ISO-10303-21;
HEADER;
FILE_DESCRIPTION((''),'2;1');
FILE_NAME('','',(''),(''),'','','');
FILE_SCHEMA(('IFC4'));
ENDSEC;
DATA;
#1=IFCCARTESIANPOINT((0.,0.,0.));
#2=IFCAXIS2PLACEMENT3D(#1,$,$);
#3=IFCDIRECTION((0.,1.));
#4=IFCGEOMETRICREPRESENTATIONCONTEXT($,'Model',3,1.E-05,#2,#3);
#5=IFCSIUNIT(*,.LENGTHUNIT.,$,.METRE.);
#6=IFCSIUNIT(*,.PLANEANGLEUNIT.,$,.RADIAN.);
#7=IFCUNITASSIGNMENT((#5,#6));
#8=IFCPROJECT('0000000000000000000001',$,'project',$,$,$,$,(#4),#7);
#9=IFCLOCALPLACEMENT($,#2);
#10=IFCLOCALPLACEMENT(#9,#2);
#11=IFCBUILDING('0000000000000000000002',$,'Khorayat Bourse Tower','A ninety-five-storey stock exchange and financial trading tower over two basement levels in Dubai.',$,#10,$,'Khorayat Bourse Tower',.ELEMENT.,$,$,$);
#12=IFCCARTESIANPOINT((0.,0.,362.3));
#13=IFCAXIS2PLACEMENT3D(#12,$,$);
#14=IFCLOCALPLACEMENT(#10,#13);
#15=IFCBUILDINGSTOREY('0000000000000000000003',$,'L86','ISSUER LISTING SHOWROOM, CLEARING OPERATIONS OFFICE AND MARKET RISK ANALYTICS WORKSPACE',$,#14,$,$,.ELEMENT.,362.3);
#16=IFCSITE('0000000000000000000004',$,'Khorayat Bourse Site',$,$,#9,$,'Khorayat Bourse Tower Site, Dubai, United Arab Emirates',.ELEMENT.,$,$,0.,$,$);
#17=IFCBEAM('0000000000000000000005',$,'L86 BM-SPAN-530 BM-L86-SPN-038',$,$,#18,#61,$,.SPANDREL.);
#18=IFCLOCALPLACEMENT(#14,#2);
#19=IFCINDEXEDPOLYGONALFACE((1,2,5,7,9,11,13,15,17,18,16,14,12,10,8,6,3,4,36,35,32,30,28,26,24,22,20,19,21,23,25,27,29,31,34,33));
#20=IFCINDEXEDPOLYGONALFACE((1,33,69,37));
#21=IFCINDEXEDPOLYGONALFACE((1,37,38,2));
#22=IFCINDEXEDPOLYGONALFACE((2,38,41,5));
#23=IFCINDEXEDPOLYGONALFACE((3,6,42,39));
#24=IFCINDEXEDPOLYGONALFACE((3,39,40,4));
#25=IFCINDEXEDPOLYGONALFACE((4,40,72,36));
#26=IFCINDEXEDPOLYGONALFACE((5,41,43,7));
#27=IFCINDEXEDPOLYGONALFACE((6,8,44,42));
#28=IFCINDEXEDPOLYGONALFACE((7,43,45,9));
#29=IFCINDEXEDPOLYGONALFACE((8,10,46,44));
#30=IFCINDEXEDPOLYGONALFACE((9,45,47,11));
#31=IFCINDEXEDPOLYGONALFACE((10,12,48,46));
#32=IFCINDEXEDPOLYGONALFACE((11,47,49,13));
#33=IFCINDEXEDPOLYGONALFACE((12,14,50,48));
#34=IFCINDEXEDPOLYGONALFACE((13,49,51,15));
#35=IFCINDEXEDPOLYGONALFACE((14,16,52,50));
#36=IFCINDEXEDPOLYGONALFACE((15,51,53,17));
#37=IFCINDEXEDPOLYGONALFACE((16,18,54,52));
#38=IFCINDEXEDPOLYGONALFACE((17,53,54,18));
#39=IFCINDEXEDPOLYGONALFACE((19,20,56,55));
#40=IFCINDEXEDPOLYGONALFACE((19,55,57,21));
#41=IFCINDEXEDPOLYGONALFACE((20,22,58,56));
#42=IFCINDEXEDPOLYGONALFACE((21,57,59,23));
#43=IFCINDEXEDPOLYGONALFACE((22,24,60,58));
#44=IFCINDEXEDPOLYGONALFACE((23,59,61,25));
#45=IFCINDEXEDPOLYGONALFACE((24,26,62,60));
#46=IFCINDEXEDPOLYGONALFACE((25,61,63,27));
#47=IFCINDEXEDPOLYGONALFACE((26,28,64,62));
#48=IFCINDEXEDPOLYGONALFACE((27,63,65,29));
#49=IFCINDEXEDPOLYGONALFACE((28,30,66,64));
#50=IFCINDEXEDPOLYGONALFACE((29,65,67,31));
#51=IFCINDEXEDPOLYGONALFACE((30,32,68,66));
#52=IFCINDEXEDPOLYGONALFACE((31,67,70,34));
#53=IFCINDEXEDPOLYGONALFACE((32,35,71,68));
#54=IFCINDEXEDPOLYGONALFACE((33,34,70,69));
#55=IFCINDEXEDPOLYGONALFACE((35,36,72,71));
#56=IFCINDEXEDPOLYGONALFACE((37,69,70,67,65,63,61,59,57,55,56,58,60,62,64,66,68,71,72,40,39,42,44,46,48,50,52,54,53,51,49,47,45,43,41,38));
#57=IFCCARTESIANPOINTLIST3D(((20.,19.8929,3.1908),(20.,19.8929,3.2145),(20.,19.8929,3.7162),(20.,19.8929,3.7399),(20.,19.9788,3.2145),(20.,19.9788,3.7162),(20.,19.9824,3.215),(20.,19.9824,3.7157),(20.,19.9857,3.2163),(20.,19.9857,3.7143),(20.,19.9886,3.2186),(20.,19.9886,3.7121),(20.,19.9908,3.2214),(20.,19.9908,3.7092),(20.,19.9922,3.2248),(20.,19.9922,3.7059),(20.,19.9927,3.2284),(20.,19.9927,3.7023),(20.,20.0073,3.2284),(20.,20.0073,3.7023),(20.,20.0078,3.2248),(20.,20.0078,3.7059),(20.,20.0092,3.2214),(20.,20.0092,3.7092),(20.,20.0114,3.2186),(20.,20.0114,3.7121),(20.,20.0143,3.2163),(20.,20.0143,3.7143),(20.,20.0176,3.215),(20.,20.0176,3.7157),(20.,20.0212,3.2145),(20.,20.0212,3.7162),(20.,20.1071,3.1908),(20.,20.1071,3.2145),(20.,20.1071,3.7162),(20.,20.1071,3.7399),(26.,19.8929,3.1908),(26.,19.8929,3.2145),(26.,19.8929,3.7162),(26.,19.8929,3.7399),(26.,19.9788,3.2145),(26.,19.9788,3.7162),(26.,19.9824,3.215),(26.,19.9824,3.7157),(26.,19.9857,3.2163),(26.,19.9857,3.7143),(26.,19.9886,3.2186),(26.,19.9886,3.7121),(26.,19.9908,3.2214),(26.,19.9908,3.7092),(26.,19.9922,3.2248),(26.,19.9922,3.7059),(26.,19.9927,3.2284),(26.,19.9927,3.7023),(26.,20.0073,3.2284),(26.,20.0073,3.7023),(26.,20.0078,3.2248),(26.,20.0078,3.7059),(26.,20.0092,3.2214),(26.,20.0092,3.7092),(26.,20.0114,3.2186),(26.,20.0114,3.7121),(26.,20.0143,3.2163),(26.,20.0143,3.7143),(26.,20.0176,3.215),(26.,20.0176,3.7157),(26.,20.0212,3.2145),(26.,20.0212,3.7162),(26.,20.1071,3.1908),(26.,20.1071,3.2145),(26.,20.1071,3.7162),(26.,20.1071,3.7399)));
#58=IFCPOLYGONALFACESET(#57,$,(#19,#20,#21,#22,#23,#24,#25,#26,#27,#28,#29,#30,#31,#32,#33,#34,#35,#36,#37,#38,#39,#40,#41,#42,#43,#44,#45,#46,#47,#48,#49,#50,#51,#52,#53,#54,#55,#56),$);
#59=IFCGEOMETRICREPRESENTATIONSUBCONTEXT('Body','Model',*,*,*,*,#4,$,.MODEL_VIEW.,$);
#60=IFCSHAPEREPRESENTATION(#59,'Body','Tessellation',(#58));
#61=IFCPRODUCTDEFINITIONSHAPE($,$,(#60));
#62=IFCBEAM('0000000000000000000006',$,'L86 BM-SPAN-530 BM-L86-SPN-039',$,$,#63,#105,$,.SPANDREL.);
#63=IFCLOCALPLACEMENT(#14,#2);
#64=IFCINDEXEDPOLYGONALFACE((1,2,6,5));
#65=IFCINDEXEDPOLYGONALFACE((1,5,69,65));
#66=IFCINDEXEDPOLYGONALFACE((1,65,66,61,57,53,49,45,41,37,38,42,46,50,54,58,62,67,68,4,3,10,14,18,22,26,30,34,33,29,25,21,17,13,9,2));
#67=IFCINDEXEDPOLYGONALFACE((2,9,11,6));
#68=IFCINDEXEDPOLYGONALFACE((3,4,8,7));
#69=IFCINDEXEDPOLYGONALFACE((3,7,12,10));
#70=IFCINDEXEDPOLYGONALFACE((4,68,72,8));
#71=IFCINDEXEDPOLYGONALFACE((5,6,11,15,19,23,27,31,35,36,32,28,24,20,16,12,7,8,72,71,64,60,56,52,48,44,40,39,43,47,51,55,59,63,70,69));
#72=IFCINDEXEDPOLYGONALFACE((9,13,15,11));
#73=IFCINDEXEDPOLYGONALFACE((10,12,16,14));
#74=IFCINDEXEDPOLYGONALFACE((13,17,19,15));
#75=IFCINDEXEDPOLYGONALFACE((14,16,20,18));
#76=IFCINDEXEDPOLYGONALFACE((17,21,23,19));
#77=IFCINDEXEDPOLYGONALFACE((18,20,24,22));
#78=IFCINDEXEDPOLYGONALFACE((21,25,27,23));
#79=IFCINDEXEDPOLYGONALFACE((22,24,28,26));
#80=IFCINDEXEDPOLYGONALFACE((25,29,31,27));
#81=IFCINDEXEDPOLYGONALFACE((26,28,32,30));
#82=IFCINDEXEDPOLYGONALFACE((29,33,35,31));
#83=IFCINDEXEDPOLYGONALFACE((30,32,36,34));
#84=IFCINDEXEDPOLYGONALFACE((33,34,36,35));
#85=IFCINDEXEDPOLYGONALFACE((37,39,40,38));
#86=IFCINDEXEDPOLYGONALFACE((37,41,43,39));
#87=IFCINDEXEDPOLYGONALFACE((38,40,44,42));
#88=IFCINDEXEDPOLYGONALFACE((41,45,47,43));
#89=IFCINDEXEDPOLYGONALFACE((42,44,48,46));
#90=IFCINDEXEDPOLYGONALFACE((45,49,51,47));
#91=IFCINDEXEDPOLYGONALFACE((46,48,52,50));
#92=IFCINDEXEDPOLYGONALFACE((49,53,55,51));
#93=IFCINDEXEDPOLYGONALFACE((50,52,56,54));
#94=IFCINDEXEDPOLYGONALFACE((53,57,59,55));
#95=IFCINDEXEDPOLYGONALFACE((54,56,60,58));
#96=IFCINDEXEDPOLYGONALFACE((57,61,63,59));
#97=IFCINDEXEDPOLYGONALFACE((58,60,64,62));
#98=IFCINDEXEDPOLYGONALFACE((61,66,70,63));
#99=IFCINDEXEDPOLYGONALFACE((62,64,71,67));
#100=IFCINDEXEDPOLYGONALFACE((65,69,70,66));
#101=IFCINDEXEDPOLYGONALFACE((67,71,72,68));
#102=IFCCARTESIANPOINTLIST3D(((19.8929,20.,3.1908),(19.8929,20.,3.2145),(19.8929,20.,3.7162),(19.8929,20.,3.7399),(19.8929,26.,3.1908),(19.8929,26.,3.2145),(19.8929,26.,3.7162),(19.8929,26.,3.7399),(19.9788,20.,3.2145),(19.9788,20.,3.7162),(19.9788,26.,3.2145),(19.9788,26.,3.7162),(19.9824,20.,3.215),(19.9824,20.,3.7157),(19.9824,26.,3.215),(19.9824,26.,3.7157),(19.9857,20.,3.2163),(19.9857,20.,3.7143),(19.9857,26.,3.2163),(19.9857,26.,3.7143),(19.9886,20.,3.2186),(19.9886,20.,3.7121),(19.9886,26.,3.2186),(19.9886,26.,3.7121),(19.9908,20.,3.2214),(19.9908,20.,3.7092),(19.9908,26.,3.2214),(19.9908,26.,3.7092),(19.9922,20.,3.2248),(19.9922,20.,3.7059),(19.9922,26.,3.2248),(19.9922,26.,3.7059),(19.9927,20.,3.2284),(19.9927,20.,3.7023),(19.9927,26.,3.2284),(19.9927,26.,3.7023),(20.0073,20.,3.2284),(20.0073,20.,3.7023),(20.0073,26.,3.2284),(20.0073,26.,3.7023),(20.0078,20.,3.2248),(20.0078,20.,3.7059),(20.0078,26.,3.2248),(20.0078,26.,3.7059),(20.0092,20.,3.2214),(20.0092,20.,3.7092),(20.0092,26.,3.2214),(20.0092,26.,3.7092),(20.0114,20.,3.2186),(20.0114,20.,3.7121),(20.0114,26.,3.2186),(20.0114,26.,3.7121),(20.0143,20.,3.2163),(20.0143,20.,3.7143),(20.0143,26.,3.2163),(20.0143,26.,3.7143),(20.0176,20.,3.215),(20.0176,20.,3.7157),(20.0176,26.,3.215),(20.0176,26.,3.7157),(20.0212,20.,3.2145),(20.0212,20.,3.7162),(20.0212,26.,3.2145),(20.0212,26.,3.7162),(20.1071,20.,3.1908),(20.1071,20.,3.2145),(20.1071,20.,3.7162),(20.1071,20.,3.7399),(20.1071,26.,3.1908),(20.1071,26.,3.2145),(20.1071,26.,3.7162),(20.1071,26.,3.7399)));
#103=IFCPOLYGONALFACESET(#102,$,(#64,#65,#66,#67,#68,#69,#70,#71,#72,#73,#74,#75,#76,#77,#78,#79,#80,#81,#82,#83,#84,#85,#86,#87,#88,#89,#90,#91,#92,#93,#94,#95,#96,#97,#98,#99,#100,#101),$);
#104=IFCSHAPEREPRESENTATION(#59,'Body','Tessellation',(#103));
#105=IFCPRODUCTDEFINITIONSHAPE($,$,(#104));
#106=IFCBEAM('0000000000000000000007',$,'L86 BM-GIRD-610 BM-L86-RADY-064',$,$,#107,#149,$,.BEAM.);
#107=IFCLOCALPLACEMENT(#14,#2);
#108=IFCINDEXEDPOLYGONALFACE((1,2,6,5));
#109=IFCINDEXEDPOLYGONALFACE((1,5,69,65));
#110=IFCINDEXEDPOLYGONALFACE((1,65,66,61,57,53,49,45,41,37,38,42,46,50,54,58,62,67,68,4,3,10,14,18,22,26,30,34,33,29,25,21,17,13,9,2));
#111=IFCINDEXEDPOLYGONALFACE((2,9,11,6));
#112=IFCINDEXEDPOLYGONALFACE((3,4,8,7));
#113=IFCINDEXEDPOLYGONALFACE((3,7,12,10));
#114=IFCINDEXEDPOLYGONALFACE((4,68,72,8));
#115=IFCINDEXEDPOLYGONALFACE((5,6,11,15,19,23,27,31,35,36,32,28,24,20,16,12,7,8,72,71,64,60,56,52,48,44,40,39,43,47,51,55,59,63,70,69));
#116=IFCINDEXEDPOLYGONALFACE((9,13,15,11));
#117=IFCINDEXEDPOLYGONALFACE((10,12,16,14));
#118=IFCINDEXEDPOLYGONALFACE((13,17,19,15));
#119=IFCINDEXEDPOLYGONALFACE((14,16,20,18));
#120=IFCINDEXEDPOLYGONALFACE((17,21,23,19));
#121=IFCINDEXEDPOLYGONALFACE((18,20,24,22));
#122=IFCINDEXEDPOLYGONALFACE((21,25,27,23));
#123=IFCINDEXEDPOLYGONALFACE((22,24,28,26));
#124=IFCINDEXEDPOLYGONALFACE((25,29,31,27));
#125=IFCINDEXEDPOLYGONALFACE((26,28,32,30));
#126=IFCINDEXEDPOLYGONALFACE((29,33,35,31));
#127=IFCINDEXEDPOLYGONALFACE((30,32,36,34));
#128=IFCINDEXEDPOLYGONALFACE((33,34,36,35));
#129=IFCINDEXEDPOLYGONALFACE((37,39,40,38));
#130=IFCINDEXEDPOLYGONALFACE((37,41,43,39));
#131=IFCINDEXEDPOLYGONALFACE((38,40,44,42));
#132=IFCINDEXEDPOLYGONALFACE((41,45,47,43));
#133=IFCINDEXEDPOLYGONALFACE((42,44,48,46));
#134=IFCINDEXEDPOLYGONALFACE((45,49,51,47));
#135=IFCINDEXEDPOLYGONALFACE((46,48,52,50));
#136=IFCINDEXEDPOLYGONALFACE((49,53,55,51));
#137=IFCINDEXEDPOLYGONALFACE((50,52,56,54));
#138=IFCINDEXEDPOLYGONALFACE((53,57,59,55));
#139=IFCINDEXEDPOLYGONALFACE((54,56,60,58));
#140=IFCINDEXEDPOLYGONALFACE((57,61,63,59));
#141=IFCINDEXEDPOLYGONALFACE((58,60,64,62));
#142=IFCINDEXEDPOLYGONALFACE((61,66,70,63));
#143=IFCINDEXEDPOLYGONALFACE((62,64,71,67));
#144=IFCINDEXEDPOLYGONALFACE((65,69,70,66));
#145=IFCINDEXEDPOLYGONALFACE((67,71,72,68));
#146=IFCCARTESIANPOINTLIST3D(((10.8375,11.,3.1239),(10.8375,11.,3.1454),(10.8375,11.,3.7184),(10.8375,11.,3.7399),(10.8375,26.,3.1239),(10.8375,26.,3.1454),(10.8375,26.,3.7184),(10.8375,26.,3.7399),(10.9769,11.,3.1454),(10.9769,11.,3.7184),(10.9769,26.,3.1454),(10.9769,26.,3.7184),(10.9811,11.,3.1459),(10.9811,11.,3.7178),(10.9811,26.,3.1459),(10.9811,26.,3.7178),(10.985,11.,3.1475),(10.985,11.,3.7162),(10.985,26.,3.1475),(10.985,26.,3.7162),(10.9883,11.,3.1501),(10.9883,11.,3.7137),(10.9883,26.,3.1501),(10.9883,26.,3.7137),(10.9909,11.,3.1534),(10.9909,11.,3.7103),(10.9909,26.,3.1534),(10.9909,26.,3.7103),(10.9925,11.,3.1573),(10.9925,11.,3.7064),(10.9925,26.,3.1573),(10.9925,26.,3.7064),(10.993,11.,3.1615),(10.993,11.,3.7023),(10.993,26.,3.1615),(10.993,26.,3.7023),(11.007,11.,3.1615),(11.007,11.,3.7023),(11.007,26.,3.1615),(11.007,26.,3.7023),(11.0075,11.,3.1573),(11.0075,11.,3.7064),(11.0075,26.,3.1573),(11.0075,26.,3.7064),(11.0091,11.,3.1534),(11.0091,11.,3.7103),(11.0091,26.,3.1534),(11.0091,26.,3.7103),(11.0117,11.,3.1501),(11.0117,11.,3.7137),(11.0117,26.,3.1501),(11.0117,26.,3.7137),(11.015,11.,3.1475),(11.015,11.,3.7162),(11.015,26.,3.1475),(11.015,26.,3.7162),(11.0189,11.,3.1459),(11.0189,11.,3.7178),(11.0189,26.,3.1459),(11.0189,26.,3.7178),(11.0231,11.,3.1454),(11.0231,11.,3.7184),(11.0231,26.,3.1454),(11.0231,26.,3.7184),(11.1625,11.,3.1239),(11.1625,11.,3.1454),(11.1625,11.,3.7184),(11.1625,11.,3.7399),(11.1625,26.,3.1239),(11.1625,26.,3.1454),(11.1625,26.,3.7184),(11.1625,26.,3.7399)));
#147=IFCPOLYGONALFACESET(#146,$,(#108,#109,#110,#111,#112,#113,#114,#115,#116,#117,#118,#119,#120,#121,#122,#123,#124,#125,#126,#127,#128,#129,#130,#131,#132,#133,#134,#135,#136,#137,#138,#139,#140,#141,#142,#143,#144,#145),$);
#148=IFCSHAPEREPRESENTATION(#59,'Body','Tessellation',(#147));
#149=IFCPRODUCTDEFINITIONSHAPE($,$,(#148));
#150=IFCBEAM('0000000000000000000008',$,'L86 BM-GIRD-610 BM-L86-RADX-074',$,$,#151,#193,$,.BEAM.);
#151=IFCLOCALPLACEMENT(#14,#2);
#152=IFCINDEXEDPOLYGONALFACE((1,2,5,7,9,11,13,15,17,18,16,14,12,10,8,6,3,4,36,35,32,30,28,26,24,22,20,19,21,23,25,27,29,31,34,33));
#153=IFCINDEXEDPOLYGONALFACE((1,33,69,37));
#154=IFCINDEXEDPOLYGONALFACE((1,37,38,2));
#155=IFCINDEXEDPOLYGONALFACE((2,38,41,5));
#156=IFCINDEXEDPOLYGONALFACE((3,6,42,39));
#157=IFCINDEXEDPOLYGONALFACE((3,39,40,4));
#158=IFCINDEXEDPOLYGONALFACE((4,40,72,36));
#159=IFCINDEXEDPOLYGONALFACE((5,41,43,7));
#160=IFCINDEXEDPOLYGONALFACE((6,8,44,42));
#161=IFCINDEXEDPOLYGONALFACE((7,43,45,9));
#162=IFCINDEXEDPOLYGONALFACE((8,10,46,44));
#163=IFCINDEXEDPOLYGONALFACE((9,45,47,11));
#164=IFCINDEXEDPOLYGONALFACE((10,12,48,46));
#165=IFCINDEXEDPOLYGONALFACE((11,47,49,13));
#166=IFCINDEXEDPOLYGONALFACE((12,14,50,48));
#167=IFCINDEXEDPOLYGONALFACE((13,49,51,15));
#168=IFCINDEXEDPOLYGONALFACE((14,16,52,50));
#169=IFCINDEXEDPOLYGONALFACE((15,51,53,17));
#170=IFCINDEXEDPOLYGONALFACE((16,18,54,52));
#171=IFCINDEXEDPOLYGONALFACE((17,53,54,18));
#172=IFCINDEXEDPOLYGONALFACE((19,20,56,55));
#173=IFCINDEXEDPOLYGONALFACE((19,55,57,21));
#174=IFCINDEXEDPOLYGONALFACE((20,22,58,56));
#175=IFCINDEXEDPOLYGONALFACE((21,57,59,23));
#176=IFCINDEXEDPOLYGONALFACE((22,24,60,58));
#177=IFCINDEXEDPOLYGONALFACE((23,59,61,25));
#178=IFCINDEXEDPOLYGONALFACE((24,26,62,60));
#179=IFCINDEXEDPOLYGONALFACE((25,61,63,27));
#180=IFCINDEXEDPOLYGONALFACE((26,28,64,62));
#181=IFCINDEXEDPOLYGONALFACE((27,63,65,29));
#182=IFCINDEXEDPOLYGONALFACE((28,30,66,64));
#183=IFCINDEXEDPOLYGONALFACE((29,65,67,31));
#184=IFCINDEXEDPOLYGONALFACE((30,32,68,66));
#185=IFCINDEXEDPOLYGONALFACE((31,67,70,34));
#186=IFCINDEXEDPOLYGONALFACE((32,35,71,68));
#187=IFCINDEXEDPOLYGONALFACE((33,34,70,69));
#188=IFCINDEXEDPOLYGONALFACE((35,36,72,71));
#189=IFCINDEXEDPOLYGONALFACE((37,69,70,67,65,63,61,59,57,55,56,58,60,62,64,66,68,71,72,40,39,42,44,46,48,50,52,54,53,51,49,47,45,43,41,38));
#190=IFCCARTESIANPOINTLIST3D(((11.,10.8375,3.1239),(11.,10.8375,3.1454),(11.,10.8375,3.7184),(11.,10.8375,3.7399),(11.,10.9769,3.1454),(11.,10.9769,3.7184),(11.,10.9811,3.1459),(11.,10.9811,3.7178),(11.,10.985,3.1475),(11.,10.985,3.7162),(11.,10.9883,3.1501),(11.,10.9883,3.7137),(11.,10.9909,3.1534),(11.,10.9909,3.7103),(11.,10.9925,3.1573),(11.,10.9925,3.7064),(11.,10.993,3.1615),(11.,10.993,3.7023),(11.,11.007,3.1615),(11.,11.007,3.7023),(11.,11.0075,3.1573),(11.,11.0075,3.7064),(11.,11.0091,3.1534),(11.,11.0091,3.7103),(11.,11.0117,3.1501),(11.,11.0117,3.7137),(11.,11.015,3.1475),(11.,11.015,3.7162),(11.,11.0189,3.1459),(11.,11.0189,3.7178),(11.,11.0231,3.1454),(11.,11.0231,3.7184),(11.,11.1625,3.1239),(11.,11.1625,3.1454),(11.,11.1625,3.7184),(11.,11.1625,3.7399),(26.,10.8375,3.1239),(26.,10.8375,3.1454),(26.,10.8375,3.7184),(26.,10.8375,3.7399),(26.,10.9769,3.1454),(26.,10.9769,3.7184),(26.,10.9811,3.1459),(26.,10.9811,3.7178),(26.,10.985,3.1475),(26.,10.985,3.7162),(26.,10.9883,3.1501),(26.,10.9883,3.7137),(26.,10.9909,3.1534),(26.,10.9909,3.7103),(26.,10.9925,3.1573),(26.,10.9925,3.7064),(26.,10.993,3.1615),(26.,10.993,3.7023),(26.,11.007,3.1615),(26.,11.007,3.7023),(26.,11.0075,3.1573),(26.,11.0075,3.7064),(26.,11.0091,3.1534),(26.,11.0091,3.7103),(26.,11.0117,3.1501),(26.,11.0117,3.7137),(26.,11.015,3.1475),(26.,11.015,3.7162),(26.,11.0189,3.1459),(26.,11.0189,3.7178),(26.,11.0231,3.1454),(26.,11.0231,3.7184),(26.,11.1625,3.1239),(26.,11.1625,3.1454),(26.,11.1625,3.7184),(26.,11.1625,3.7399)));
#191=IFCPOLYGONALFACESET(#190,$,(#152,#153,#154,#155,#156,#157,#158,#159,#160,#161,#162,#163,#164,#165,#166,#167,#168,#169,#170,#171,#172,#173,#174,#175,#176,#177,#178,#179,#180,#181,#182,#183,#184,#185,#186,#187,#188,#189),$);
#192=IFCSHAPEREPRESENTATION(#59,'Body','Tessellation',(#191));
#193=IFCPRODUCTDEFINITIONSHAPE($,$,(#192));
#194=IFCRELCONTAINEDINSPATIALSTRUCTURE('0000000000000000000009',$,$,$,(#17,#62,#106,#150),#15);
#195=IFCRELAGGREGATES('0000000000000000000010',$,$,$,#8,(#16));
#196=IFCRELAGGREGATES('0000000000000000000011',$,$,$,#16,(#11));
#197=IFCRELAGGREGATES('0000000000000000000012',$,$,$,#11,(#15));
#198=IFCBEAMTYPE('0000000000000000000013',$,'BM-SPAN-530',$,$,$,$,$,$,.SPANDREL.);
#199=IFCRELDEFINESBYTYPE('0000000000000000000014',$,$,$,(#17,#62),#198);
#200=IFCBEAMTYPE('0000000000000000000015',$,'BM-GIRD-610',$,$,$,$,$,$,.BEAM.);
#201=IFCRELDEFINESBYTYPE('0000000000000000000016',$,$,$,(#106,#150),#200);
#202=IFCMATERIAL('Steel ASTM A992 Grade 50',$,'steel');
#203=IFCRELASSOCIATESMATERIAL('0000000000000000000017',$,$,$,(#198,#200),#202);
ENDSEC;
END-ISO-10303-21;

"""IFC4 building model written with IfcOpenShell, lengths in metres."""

from ifc_helpers import new_model, si_unit, direction, frame, origin, origin_2d, place, context, subcontext, project, spatial, i_section, extrude, source, transform, mapped, material, material_profile, profile_set, type_object, element, save


model = new_model("IFC4")

# Units and contexts
model_context = context("Model", 3, precision=1e-05, world=origin(), true_north=direction((0.0, 1.0)))
body_context = subcontext(model_context, "Body", "Model", "MODEL_VIEW")
ifc_project = project(units=[si_unit("LENGTHUNIT", "METRE"), si_unit("PLANEANGLEUNIT", "RADIAN")], contexts=[model_context])

# Site, building, storey
site_placement = place(None, origin())
site = spatial("IfcSite", under=ifc_project, at=site_placement, Name="Khorayat Bourse Site", LongName="Khorayat Bourse Tower Site, Dubai, United Arab Emirates", CompositionType="ELEMENT", RefElevation=0.0)
building_placement = place(site_placement, origin())
building = spatial("IfcBuilding", under=site, at=building_placement, Name="Khorayat Bourse Tower", Description="A ninety-five-storey stock exchange and financial trading tower over two basement levels in Dubai.", LongName="Khorayat Bourse Tower", CompositionType="ELEMENT")
storey_placement = place(building_placement, frame((0.0, 0.0, 362.3)))
storey = spatial("IfcBuildingStorey", under=building, at=storey_placement, Name="L86", Description="ISSUER LISTING SHOWROOM, CLEARING OPERATIONS OFFICE AND MARKET RISK ANALYTICS WORKSPACE", CompositionType="ELEMENT", Elevation=362.3)

# Beams
ifc_material_1 = material(Name="Steel ASTM A992 Grade 50", Category="steel")
ifc_material_profile_1 = material_profile(ifc_material_1, i_section(OverallWidth=0.2141, OverallDepth=0.5491, WebThickness=0.0146, FlangeThickness=0.0237, FilletRadius=0.0139, at=origin_2d()), Name="W530X138")
ifc_profile_set_1 = profile_set([ifc_material_profile_1], Name="Steel ASTM A992 Grade 50")
beam_type_1 = type_object("IfcBeamType", Name="BM-SPAN-530", PredefinedType="SPANDREL", material=ifc_profile_set_1)
shared_shape_1 = source(origin(), body_context, "Body", "SweptSolid", [
    extrude(i_section(OverallWidth=0.2141, OverallDepth=0.5491, WebThickness=0.0146, FlangeThickness=0.0237, FilletRadius=0.0139, at=origin_2d()), origin(), (0.0, 0.0, 1.0), 6.0),
])
for number, where, z_axis, x_axis, name in (
    (1, (20.0, 20.0, 3.4653), (1.0, 0.0, 0.0), (0.0, 1.0, 0.0), "L86 BM-SPAN-530 BM-L86-SPN-038"),
    (2, (20.0, 20.0, 3.4653), (0.0, 1.0, 0.0), (-1.0, 0.0, 0.0), "L86 BM-SPAN-530 BM-L86-SPN-039"),
):
    element("IfcBeam", number, at=place(storey_placement, frame(where, z_axis=z_axis, x_axis=x_axis)), inside=storey, type_object=beam_type_1, Name=name, PredefinedType="SPANDREL", context=body_context, shape_type="MappedRepresentation", body=[
        mapped(shared_shape_1, transform((0.0, 0.0, 0.0), scale=1.0)),
    ])
ifc_material_profile_2 = material_profile(ifc_material_1, i_section(OverallWidth=0.325, OverallDepth=0.616, WebThickness=0.0139, FlangeThickness=0.0215, FilletRadius=0.0161, at=origin_2d()), Name="W610X174")
ifc_profile_set_2 = profile_set([ifc_material_profile_2], Name="Steel ASTM A992 Grade 50")
beam_type_2 = type_object("IfcBeamType", Name="BM-GIRD-610", PredefinedType="BEAM", material=ifc_profile_set_2)
shared_shape_2 = source(origin(), body_context, "Body", "SweptSolid", [
    extrude(i_section(OverallWidth=0.325, OverallDepth=0.616, WebThickness=0.0139, FlangeThickness=0.0215, FilletRadius=0.0161, at=origin_2d()), origin(), (0.0, 0.0, 1.0), 15.0),
])
for number, where, z_axis, x_axis, name in (
    (3, (11.0, 11.0, 3.4319), (0.0, 1.0, 0.0), (-1.0, 0.0, 0.0), "L86 BM-GIRD-610 BM-L86-RADY-064"),
    (4, (11.0, 11.0, 3.4319), (1.0, 0.0, 0.0), (0.0, 1.0, 0.0), "L86 BM-GIRD-610 BM-L86-RADX-074"),
):
    element("IfcBeam", number, at=place(storey_placement, frame(where, z_axis=z_axis, x_axis=x_axis)), inside=storey, type_object=beam_type_2, Name=name, PredefinedType="BEAM", context=body_context, shape_type="MappedRepresentation", body=[
        mapped(shared_shape_2, transform((0.0, 0.0, 0.0), scale=1.0)),
    ])

save(model, "model.ifc")
